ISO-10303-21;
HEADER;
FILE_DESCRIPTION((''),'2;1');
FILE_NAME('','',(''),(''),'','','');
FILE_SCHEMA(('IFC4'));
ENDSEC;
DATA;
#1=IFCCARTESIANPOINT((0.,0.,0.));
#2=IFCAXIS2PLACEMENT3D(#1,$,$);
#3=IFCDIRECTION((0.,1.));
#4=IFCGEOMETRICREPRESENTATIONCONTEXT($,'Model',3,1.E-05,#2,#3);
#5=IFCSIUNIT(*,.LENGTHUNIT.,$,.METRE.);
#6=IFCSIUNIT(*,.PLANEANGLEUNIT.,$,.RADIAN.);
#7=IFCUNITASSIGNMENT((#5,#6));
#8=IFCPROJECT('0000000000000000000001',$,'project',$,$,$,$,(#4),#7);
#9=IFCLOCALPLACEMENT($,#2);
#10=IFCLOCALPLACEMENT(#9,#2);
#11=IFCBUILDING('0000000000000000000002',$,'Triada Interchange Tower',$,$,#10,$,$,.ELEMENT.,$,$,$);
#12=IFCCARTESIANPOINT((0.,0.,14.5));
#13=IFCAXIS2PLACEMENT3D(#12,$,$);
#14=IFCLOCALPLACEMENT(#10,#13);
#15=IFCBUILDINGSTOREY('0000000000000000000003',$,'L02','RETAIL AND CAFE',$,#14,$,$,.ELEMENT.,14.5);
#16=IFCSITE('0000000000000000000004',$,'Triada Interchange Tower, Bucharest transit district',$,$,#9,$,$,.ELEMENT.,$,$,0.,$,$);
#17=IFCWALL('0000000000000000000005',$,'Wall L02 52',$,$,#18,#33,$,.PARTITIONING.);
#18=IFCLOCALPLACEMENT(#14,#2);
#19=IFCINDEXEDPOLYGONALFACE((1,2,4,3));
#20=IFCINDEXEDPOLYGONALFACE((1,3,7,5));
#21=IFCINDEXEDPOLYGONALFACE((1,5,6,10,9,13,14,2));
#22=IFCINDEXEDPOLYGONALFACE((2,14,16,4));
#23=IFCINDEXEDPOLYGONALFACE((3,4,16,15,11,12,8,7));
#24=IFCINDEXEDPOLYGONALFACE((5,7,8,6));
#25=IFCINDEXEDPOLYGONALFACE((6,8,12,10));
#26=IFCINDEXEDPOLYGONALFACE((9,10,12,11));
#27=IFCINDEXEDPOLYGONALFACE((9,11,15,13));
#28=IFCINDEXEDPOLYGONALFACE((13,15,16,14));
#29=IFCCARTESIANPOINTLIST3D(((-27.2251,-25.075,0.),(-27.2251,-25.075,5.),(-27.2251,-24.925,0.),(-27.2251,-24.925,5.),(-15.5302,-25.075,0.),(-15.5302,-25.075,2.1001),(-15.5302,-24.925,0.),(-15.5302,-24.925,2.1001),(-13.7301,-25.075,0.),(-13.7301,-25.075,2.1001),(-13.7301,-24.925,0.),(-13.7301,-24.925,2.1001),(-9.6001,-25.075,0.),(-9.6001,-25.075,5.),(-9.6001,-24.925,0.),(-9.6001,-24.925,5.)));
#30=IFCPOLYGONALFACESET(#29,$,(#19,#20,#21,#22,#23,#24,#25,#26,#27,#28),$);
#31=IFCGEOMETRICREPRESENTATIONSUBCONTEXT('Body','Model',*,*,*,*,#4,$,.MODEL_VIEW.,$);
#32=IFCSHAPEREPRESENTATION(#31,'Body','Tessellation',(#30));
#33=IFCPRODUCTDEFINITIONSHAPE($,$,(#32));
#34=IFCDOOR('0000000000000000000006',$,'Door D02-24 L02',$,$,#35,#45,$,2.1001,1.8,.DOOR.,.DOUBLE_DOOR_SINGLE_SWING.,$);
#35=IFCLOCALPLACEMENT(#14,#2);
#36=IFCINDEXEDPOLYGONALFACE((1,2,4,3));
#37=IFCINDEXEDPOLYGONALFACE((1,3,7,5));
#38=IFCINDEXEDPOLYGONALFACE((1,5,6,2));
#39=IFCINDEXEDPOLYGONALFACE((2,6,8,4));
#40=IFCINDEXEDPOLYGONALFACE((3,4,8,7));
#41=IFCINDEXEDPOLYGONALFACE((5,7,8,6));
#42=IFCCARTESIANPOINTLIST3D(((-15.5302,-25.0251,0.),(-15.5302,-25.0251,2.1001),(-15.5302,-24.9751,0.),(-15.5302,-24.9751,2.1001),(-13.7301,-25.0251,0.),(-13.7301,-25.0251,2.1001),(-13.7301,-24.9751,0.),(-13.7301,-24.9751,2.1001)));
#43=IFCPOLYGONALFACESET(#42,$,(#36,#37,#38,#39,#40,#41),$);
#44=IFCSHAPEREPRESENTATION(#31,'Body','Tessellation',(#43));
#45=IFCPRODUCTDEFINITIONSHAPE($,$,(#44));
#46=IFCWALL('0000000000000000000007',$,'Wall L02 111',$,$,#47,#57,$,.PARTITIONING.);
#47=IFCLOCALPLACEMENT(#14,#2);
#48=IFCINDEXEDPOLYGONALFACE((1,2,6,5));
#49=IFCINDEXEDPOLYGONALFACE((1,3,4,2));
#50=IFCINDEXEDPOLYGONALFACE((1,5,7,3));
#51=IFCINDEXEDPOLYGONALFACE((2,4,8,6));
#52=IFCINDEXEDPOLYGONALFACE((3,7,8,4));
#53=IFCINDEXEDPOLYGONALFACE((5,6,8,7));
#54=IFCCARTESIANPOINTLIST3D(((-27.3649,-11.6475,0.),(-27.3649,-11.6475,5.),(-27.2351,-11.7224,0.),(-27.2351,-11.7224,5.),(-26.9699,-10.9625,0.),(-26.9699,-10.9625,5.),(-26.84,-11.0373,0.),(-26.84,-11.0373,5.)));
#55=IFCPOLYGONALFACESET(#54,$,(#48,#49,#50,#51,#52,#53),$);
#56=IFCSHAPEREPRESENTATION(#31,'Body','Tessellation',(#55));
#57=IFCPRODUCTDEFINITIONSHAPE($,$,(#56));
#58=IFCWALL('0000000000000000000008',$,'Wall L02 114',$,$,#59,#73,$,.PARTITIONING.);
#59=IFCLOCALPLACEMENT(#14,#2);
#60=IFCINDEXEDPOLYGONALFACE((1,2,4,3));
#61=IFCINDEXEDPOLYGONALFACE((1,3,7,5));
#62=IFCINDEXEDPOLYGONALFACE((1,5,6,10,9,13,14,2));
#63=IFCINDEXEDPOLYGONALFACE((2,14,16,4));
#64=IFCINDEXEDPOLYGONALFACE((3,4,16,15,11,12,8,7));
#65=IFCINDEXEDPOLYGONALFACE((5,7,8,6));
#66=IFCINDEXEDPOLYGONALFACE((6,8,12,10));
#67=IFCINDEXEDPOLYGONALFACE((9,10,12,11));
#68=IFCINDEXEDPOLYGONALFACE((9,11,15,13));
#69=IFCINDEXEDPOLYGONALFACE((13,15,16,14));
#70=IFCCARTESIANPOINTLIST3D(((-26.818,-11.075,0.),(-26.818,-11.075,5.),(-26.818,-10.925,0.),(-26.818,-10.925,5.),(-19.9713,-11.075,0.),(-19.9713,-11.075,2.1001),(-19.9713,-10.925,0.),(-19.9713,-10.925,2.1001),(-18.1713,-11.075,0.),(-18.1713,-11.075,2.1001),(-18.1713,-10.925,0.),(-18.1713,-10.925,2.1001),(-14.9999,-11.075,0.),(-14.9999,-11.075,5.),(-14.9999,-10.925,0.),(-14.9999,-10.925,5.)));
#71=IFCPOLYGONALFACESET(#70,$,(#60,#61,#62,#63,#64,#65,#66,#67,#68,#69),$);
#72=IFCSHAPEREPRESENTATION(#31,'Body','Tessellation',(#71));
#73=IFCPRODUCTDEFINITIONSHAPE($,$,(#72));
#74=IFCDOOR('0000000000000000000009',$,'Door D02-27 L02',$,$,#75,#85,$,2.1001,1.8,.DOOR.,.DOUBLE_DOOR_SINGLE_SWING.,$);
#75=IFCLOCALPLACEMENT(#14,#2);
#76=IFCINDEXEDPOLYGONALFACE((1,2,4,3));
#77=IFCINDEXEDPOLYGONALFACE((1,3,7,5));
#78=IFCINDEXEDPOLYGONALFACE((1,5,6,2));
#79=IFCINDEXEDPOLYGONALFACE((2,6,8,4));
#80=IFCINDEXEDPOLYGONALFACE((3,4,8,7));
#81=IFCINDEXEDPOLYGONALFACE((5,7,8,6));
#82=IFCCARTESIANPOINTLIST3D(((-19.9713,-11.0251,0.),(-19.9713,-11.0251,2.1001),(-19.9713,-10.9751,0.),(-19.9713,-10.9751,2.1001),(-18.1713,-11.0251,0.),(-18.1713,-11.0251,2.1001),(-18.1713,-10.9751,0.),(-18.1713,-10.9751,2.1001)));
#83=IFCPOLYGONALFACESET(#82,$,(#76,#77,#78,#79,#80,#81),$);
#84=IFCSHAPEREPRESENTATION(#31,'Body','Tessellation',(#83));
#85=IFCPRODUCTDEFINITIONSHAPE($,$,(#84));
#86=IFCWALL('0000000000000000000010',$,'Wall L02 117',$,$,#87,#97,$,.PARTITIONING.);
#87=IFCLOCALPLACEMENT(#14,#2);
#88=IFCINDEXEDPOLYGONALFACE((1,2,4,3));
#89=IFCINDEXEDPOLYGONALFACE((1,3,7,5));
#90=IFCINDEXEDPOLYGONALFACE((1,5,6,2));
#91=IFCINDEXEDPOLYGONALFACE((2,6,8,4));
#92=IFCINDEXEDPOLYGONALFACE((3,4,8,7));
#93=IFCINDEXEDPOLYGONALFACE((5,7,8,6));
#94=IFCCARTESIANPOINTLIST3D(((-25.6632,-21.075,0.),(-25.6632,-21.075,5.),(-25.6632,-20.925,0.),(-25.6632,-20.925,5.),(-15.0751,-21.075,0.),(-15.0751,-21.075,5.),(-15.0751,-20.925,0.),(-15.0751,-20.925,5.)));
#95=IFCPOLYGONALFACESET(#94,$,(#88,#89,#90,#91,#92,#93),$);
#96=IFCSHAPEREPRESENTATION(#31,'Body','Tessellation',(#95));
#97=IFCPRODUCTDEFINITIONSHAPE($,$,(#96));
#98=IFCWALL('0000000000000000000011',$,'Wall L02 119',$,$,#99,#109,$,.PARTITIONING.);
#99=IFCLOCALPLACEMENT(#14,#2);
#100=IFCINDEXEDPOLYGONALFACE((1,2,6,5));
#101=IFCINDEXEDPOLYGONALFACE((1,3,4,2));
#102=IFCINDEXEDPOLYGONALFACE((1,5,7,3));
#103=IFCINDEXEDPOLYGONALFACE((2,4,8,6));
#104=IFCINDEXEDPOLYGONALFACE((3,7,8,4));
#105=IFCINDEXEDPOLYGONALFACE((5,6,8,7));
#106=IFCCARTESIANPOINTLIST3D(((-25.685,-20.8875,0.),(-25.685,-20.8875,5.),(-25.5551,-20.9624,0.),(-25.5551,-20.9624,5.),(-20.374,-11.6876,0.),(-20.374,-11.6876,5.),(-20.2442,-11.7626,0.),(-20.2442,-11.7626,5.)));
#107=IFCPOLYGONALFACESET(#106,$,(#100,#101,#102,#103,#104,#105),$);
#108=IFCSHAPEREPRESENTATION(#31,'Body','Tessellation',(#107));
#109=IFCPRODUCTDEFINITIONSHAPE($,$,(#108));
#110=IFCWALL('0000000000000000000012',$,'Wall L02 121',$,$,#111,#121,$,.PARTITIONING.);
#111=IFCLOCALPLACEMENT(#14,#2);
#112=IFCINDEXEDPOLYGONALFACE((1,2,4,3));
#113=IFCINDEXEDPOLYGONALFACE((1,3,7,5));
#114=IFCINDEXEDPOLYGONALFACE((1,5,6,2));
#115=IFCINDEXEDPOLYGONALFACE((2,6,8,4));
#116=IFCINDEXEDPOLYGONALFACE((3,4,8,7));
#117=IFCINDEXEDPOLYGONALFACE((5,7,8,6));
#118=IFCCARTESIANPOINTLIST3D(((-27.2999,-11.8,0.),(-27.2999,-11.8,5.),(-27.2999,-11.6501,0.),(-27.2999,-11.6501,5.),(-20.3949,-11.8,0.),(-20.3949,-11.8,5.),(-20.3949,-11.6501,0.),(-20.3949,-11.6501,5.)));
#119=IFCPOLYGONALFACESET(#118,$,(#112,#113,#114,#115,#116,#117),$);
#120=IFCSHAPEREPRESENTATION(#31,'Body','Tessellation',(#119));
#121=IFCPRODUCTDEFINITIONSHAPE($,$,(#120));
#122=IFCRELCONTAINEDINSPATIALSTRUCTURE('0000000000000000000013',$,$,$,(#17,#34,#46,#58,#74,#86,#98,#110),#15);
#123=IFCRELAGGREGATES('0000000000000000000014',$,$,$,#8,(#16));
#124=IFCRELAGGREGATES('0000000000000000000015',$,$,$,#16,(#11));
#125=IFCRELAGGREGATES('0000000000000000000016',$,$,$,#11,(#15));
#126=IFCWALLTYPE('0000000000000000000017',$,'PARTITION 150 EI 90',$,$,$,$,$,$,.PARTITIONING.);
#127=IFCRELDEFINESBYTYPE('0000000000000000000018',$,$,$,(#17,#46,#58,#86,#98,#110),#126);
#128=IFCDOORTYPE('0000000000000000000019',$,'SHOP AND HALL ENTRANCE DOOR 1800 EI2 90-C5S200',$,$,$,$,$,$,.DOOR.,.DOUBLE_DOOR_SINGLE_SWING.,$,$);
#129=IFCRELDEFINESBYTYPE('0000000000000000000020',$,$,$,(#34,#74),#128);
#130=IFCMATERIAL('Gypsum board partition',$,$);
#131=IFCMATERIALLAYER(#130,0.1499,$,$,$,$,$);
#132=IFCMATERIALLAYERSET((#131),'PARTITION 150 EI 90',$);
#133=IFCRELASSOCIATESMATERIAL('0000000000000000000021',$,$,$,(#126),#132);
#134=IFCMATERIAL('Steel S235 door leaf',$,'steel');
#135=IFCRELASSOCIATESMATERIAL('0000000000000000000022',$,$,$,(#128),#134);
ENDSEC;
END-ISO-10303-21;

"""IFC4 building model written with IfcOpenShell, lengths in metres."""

from ifc_helpers import new_model, si_unit, direction, frame, frame_2d, origin, place, context, subcontext, project, spatial, rectangle, extrude, material, layer, layer_set, type_object, element, fill, save


model = new_model("IFC4")

# Units and contexts
model_context = context("Model", 3, precision=1e-05, world=origin(), true_north=direction((0.0, 1.0)))
body_context = subcontext(model_context, "Body", "Model", "MODEL_VIEW")
ifc_project = project(units=[si_unit("LENGTHUNIT", "METRE"), si_unit("PLANEANGLEUNIT", "RADIAN")], contexts=[model_context])

# Site, building, storey
site_placement = place(None, origin())
site = spatial("IfcSite", under=ifc_project, at=site_placement, Name="Triada Interchange Tower, Bucharest transit district", CompositionType="ELEMENT", RefElevation=0.0)
building_placement = place(site_placement, origin())
building = spatial("IfcBuilding", under=site, at=building_placement, Name="Triada Interchange Tower", CompositionType="ELEMENT")
storey_placement = place(building_placement, frame((0.0, 0.0, 14.5)))
storey = spatial("IfcBuildingStorey", under=building, at=storey_placement, Name="L02", Description="RETAIL AND CAFE", CompositionType="ELEMENT", Elevation=14.5)

# Shared definitions
ifc_material_1 = material(Name="Gypsum board partition")

# Shared definitions
ifc_layer_1 = layer(ifc_material_1, 0.1499)
ifc_layer_set_1 = layer_set([ifc_layer_1], Name="PARTITION 150 EI 90")
wall_type_1 = type_object("IfcWallType", Name="PARTITION 150 EI 90", PredefinedType="PARTITIONING", material=ifc_layer_set_1)
ifc_material_2 = material(Name="Steel S235 door leaf", Category="steel")

# Shared definitions
door_type_1 = type_object("IfcDoorType", Name="SHOP AND HALL ENTRANCE DOOR 1800 EI2 90-C5S200", OperationType="DOUBLE_DOOR_SINGLE_SWING", PredefinedType="DOOR", material=ifc_material_2)

# Wall, opening, door
wall_1_placement = place(storey_placement, frame((-27.2251, -25.0, 0.0), z_axis=(0.0, 0.0, 1.0), x_axis=(1.0, 0.0, 0.0)))
wall_1 = element("IfcWall", 1, at=wall_1_placement, inside=storey, type_object=wall_type_1, Name="Wall L02 52", PredefinedType="PARTITIONING", context=body_context, shape_type="SweptSolid", body=[
    extrude(rectangle(XDim=17.625, YDim=0.1499, at=frame_2d((8.8125, 0.0))), origin(), (0.0, 0.0, 1.0), 5.0),
])
opening_1_placement = place(wall_1_placement, frame((11.6951, 0.0, 0.0)))
opening_1 = element("IfcOpeningElement", 2, at=opening_1_placement, cuts=wall_1, PredefinedType="OPENING", context=body_context, shape_type="SweptSolid", body=[
    extrude(rectangle(XDim=1.8, YDim=2.1001, at=frame_2d((0.8999, 1.05))), frame((0.0, 0.085, 0.0), z_axis=(0.0, -1.0, 0.0), x_axis=(1.0, 0.0, 0.0)), (0.0, 0.0, 1.0), 0.1699),
])
door_1_placement = place(opening_1_placement, origin())
door_1 = element("IfcDoor", 3, at=door_1_placement, inside=storey, type_object=door_type_1, Name="Door D02-24 L02", OperationType="DOUBLE_DOOR_SINGLE_SWING", OverallHeight=2.1001, OverallWidth=1.8, PredefinedType="DOOR", context=body_context, shape_type="SweptSolid", body=[
    extrude(rectangle(XDim=1.8, YDim=2.1001, at=frame_2d((0.8999, 1.05))), frame((0.0, 0.0249, 0.0), z_axis=(0.0, -1.0, 0.0), x_axis=(1.0, 0.0, 0.0)), (0.0, 0.0, 1.0), 0.05),
])
fill(opening_1, door_1)

# Wall
wall_2_placement = place(storey_placement, frame((-27.3, -11.6851, 0.0), z_axis=(0.0, 0.0, 1.0), x_axis=(0.499526, 0.866299, 0.0)))
element("IfcWall", 4, at=wall_2_placement, inside=storey, type_object=wall_type_1, Name="Wall L02 111", PredefinedType="PARTITIONING", context=body_context, shape_type="SweptSolid", body=[
    extrude(rectangle(XDim=0.7908, YDim=0.1499, at=frame_2d((0.3955, 0.0))), origin(), (0.0, 0.0, 1.0), 5.0),
])

# Wall, opening, door
wall_3_placement = place(storey_placement, frame((-26.8181, -11.0, 0.0), z_axis=(0.0, 0.0, 1.0), x_axis=(1.0, 0.0, 0.0)))
wall_3 = element("IfcWall", 5, at=wall_3_placement, inside=storey, type_object=wall_type_1, Name="Wall L02 114", PredefinedType="PARTITIONING", context=body_context, shape_type="SweptSolid", body=[
    extrude(rectangle(XDim=11.8181, YDim=0.1499, at=frame_2d((5.9092, 0.0))), origin(), (0.0, 0.0, 1.0), 5.0),
])
opening_2_placement = place(wall_3_placement, frame((6.8469, 0.0, 0.0)))
opening_2 = element("IfcOpeningElement", 6, at=opening_2_placement, cuts=wall_3, PredefinedType="OPENING", context=body_context, shape_type="SweptSolid", body=[
    extrude(rectangle(XDim=1.8, YDim=2.1001, at=frame_2d((0.8999, 1.05))), frame((0.0, 0.085, 0.0), z_axis=(0.0, -1.0, 0.0), x_axis=(1.0, 0.0, 0.0)), (0.0, 0.0, 1.0), 0.1699),
])
door_2_placement = place(opening_2_placement, origin())
door_2 = element("IfcDoor", 7, at=door_2_placement, inside=storey, type_object=door_type_1, Name="Door D02-27 L02", OperationType="DOUBLE_DOOR_SINGLE_SWING", OverallHeight=2.1001, OverallWidth=1.8, PredefinedType="DOOR", context=body_context, shape_type="SweptSolid", body=[
    extrude(rectangle(XDim=1.8, YDim=2.1001, at=frame_2d((0.8999, 1.05))), frame((0.0, 0.0249, 0.0), z_axis=(0.0, -1.0, 0.0), x_axis=(1.0, 0.0, 0.0)), (0.0, 0.0, 1.0), 0.05),
])
fill(opening_2, door_2)

# Walls
wall_4_placement = place(storey_placement, frame((-25.6631, -21.0, 0.0), z_axis=(0.0, 0.0, 1.0), x_axis=(1.0, 0.0, 0.0)))
element("IfcWall", 8, at=wall_4_placement, inside=storey, type_object=wall_type_1, Name="Wall L02 117", PredefinedType="PARTITIONING", context=body_context, shape_type="SweptSolid", body=[
    extrude(rectangle(XDim=10.5881, YDim=0.1499, at=frame_2d((5.2939, 0.0))), origin(), (0.0, 0.0, 1.0), 5.0),
])
wall_5_placement = place(storey_placement, frame((-25.6201, -20.925, 0.0), z_axis=(0.0, 0.0, 1.0), x_axis=(0.499961, 0.866048, 0.0)))
element("IfcWall", 9, at=wall_5_placement, inside=storey, type_object=wall_type_1, Name="Wall L02 119", PredefinedType="PARTITIONING", context=body_context, shape_type="SweptSolid", body=[
    extrude(rectangle(XDim=10.6228, YDim=0.1499, at=frame_2d((5.3115, 0.0))), origin(), (0.0, 0.0, 1.0), 5.0),
])
wall_6_placement = place(storey_placement, frame((-27.3, -11.7251, 0.0), z_axis=(0.0, 0.0, 1.0), x_axis=(1.0, 0.0, 0.0)))
element("IfcWall", 10, at=wall_6_placement, inside=storey, type_object=wall_type_1, Name="Wall L02 121", PredefinedType="PARTITIONING", context=body_context, shape_type="SweptSolid", body=[
    extrude(rectangle(XDim=6.905, YDim=0.1499, at=frame_2d((3.4526, 0.0))), origin(), (0.0, 0.0, 1.0), 5.0),
])

save(model, "model.ifc")
